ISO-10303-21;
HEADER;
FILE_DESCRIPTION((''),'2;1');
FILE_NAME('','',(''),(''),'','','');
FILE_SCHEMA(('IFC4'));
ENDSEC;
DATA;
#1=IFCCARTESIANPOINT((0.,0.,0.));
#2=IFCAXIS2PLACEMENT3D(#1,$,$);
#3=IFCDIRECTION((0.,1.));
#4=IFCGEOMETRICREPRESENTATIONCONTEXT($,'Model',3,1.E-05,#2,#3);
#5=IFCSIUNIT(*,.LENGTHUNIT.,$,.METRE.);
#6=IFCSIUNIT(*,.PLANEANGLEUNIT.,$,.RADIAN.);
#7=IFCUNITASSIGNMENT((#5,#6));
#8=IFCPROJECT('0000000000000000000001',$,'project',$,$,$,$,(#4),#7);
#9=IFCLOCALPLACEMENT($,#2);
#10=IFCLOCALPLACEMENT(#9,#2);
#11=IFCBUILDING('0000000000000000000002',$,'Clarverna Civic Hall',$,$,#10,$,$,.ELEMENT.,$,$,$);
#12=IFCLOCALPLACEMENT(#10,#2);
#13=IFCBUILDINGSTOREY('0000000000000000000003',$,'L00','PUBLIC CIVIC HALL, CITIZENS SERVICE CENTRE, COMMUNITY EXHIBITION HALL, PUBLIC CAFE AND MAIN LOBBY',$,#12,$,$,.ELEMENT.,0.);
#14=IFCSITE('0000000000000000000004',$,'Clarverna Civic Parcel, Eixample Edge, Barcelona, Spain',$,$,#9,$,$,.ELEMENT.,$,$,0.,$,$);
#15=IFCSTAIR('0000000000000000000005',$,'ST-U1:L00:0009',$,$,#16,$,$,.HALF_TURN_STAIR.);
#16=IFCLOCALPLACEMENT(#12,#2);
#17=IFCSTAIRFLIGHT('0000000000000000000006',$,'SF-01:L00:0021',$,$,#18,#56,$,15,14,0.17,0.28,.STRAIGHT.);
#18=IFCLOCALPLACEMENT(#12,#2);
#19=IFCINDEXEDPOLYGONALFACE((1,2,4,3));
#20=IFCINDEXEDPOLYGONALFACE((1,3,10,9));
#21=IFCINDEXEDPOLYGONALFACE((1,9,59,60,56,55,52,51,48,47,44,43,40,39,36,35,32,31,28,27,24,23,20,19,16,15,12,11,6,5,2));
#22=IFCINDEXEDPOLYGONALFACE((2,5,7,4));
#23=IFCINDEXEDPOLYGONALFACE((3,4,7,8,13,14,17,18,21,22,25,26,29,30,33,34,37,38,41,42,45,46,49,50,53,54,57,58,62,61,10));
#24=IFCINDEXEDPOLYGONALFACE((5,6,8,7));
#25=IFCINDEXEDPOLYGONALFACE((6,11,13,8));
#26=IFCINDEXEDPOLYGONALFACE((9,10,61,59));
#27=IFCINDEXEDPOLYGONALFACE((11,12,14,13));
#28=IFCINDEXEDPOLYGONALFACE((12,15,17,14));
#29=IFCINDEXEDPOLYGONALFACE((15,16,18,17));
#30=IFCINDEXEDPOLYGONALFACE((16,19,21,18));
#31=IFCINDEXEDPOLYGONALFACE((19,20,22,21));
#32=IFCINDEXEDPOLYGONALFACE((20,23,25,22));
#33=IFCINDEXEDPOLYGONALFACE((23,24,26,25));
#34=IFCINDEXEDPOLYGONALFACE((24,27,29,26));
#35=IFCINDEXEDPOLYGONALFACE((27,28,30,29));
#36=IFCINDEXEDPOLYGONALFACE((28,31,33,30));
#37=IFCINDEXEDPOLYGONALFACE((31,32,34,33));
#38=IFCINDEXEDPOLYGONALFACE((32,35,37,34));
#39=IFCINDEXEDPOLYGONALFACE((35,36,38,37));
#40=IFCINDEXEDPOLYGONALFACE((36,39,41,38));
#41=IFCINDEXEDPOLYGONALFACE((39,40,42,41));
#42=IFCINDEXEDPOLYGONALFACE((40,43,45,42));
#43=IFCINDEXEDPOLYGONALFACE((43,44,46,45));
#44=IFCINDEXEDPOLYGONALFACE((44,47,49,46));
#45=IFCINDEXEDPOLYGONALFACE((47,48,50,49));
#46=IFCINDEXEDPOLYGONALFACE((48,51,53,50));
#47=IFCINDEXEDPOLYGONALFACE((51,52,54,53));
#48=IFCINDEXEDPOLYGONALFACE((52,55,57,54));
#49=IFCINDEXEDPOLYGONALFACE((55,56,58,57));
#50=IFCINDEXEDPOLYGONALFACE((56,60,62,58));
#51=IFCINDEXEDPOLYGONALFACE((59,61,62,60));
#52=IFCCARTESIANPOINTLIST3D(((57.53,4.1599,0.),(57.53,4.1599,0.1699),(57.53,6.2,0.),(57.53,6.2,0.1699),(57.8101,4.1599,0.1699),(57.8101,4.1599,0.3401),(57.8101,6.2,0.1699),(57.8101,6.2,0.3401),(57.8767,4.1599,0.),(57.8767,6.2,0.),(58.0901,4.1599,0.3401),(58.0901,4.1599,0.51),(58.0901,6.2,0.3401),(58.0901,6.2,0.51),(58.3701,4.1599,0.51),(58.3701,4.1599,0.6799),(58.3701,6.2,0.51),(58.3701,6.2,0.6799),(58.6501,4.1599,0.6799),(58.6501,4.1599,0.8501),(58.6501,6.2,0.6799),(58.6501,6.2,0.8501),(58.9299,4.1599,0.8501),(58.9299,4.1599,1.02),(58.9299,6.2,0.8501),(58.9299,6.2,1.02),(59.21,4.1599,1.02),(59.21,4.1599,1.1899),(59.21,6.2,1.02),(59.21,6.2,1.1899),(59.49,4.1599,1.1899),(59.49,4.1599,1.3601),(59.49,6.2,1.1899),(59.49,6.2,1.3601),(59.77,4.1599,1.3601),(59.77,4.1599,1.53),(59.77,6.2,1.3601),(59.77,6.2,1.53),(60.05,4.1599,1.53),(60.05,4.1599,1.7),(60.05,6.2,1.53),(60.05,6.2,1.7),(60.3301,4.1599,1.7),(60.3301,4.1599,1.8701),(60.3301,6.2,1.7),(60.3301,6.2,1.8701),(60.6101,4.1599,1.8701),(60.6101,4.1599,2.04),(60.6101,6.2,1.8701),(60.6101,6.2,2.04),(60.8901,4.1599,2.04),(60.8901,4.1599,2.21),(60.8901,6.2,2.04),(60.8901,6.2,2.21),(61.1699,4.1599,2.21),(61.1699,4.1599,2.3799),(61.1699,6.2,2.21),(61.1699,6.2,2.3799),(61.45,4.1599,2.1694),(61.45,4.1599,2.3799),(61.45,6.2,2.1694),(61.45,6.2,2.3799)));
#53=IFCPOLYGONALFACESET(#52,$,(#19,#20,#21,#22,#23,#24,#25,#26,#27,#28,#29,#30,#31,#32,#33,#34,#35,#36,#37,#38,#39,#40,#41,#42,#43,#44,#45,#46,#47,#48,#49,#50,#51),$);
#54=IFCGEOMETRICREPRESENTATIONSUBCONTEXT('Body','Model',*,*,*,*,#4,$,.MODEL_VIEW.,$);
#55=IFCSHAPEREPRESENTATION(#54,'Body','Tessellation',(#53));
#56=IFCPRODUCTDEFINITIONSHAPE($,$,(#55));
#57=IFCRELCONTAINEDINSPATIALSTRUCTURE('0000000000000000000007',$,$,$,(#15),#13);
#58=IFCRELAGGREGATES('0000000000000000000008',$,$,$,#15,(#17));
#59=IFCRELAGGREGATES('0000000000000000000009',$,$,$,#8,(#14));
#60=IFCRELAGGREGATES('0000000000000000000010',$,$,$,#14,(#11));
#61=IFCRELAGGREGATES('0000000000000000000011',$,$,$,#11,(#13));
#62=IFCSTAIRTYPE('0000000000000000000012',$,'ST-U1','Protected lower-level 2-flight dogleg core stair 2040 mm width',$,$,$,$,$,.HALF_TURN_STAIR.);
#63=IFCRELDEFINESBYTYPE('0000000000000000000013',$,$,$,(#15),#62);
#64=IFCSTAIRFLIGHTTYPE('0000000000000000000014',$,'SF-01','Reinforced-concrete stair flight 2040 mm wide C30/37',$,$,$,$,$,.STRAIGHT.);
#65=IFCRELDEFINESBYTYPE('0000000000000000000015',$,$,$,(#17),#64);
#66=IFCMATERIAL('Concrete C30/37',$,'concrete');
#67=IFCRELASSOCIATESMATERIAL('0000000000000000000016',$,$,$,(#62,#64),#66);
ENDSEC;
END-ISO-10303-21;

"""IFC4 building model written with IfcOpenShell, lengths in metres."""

from ifc_helpers import new_model, si_unit, direction, frame, origin, place, context, subcontext, project, spatial, polyline, outline, extrude, material, type_object, element, aggregate, save


model = new_model("IFC4")

# Units and contexts
model_context = context("Model", 3, precision=1e-05, world=origin(), true_north=direction((0.0, 1.0)))
body_context = subcontext(model_context, "Body", "Model", "MODEL_VIEW")
ifc_project = project(units=[si_unit("LENGTHUNIT", "METRE"), si_unit("PLANEANGLEUNIT", "RADIAN")], contexts=[model_context])

# Site, building, storey
site_placement = place(None, origin())
site = spatial("IfcSite", under=ifc_project, at=site_placement, Name="Clarverna Civic Parcel, Eixample Edge, Barcelona, Spain", CompositionType="ELEMENT", RefElevation=0.0)
building_placement = place(site_placement, origin())
building = spatial("IfcBuilding", under=site, at=building_placement, Name="Clarverna Civic Hall", CompositionType="ELEMENT")
storey_placement = place(building_placement, origin())
storey = spatial("IfcBuildingStorey", under=building, at=storey_placement, Name="L00", Description="PUBLIC CIVIC HALL, CITIZENS SERVICE CENTRE, COMMUNITY EXHIBITION HALL, PUBLIC CAFE AND MAIN LOBBY", CompositionType="ELEMENT", Elevation=0.0)

# Stair, stair flight
ifc_material_1 = material(Name="Concrete C30/37", Category="concrete")
stair_type = type_object("IfcStairType", Name="ST-U1", Description="Protected lower-level 2-flight dogleg core stair 2040 mm width", PredefinedType="HALF_TURN_STAIR", material=ifc_material_1)
stair_placement = place(storey_placement, origin())
stair = element("IfcStair", 1, at=stair_placement, inside=storey, type_object=stair_type, Name="ST-U1:L00:0009", PredefinedType="HALF_TURN_STAIR")
stair_flight_type = type_object("IfcStairFlightType", Name="SF-01", Description="Reinforced-concrete stair flight 2040 mm wide C30/37", PredefinedType="STRAIGHT", material=ifc_material_1)
stair_flight_placement = place(storey_placement, frame((57.53, 5.1799, 0.0), z_axis=(0.0, 0.0, 1.0), x_axis=(1.0, 0.0, 0.0)))
stair_flight = element("IfcStairFlight", 2, at=stair_flight_placement, type_object=stair_flight_type, Name="SF-01:L00:0021", NumberOfRisers=15, NumberOfTreads=14, PredefinedType="STRAIGHT", RiserHeight=0.17, TreadLength=0.28, context=body_context, shape_type="SweptSolid", body=[
    extrude(outline(polyline([(0.0, 0.0), (0.0, 0.1699), (0.28, 0.1699), (0.28, 0.3401), (0.5601, 0.3401), (0.5601, 0.51), (0.8401, 0.51), (0.8401, 0.6799), (1.1201, 0.6799), (1.1201, 0.8501), (1.3999, 0.8501), (1.3999, 1.02), (1.6799, 1.02), (1.6799, 1.1899), (1.96, 1.1899), (1.96, 1.3601), (2.24, 1.3601), (2.24, 1.53), (2.52, 1.53), (2.52, 1.7), (2.8, 1.7), (2.8, 1.8701), (3.0801, 1.8701), (3.0801, 2.04), (3.3601, 2.04), (3.3601, 2.21), (3.6399, 2.21), (3.6399, 2.3799), (3.9199, 2.3799), (3.9199, 2.55), (3.9199, 2.1694), (0.3467, 0.0), (0.0, 0.0)])), frame((0.0, 1.02, 0.0), z_axis=(0.0, -1.0, 0.0), x_axis=(1.0, 0.0, 0.0)), (0.0, 0.0, 1.0), 2.04),
])
aggregate(stair, [stair_flight])

save(model, "model.ifc")
